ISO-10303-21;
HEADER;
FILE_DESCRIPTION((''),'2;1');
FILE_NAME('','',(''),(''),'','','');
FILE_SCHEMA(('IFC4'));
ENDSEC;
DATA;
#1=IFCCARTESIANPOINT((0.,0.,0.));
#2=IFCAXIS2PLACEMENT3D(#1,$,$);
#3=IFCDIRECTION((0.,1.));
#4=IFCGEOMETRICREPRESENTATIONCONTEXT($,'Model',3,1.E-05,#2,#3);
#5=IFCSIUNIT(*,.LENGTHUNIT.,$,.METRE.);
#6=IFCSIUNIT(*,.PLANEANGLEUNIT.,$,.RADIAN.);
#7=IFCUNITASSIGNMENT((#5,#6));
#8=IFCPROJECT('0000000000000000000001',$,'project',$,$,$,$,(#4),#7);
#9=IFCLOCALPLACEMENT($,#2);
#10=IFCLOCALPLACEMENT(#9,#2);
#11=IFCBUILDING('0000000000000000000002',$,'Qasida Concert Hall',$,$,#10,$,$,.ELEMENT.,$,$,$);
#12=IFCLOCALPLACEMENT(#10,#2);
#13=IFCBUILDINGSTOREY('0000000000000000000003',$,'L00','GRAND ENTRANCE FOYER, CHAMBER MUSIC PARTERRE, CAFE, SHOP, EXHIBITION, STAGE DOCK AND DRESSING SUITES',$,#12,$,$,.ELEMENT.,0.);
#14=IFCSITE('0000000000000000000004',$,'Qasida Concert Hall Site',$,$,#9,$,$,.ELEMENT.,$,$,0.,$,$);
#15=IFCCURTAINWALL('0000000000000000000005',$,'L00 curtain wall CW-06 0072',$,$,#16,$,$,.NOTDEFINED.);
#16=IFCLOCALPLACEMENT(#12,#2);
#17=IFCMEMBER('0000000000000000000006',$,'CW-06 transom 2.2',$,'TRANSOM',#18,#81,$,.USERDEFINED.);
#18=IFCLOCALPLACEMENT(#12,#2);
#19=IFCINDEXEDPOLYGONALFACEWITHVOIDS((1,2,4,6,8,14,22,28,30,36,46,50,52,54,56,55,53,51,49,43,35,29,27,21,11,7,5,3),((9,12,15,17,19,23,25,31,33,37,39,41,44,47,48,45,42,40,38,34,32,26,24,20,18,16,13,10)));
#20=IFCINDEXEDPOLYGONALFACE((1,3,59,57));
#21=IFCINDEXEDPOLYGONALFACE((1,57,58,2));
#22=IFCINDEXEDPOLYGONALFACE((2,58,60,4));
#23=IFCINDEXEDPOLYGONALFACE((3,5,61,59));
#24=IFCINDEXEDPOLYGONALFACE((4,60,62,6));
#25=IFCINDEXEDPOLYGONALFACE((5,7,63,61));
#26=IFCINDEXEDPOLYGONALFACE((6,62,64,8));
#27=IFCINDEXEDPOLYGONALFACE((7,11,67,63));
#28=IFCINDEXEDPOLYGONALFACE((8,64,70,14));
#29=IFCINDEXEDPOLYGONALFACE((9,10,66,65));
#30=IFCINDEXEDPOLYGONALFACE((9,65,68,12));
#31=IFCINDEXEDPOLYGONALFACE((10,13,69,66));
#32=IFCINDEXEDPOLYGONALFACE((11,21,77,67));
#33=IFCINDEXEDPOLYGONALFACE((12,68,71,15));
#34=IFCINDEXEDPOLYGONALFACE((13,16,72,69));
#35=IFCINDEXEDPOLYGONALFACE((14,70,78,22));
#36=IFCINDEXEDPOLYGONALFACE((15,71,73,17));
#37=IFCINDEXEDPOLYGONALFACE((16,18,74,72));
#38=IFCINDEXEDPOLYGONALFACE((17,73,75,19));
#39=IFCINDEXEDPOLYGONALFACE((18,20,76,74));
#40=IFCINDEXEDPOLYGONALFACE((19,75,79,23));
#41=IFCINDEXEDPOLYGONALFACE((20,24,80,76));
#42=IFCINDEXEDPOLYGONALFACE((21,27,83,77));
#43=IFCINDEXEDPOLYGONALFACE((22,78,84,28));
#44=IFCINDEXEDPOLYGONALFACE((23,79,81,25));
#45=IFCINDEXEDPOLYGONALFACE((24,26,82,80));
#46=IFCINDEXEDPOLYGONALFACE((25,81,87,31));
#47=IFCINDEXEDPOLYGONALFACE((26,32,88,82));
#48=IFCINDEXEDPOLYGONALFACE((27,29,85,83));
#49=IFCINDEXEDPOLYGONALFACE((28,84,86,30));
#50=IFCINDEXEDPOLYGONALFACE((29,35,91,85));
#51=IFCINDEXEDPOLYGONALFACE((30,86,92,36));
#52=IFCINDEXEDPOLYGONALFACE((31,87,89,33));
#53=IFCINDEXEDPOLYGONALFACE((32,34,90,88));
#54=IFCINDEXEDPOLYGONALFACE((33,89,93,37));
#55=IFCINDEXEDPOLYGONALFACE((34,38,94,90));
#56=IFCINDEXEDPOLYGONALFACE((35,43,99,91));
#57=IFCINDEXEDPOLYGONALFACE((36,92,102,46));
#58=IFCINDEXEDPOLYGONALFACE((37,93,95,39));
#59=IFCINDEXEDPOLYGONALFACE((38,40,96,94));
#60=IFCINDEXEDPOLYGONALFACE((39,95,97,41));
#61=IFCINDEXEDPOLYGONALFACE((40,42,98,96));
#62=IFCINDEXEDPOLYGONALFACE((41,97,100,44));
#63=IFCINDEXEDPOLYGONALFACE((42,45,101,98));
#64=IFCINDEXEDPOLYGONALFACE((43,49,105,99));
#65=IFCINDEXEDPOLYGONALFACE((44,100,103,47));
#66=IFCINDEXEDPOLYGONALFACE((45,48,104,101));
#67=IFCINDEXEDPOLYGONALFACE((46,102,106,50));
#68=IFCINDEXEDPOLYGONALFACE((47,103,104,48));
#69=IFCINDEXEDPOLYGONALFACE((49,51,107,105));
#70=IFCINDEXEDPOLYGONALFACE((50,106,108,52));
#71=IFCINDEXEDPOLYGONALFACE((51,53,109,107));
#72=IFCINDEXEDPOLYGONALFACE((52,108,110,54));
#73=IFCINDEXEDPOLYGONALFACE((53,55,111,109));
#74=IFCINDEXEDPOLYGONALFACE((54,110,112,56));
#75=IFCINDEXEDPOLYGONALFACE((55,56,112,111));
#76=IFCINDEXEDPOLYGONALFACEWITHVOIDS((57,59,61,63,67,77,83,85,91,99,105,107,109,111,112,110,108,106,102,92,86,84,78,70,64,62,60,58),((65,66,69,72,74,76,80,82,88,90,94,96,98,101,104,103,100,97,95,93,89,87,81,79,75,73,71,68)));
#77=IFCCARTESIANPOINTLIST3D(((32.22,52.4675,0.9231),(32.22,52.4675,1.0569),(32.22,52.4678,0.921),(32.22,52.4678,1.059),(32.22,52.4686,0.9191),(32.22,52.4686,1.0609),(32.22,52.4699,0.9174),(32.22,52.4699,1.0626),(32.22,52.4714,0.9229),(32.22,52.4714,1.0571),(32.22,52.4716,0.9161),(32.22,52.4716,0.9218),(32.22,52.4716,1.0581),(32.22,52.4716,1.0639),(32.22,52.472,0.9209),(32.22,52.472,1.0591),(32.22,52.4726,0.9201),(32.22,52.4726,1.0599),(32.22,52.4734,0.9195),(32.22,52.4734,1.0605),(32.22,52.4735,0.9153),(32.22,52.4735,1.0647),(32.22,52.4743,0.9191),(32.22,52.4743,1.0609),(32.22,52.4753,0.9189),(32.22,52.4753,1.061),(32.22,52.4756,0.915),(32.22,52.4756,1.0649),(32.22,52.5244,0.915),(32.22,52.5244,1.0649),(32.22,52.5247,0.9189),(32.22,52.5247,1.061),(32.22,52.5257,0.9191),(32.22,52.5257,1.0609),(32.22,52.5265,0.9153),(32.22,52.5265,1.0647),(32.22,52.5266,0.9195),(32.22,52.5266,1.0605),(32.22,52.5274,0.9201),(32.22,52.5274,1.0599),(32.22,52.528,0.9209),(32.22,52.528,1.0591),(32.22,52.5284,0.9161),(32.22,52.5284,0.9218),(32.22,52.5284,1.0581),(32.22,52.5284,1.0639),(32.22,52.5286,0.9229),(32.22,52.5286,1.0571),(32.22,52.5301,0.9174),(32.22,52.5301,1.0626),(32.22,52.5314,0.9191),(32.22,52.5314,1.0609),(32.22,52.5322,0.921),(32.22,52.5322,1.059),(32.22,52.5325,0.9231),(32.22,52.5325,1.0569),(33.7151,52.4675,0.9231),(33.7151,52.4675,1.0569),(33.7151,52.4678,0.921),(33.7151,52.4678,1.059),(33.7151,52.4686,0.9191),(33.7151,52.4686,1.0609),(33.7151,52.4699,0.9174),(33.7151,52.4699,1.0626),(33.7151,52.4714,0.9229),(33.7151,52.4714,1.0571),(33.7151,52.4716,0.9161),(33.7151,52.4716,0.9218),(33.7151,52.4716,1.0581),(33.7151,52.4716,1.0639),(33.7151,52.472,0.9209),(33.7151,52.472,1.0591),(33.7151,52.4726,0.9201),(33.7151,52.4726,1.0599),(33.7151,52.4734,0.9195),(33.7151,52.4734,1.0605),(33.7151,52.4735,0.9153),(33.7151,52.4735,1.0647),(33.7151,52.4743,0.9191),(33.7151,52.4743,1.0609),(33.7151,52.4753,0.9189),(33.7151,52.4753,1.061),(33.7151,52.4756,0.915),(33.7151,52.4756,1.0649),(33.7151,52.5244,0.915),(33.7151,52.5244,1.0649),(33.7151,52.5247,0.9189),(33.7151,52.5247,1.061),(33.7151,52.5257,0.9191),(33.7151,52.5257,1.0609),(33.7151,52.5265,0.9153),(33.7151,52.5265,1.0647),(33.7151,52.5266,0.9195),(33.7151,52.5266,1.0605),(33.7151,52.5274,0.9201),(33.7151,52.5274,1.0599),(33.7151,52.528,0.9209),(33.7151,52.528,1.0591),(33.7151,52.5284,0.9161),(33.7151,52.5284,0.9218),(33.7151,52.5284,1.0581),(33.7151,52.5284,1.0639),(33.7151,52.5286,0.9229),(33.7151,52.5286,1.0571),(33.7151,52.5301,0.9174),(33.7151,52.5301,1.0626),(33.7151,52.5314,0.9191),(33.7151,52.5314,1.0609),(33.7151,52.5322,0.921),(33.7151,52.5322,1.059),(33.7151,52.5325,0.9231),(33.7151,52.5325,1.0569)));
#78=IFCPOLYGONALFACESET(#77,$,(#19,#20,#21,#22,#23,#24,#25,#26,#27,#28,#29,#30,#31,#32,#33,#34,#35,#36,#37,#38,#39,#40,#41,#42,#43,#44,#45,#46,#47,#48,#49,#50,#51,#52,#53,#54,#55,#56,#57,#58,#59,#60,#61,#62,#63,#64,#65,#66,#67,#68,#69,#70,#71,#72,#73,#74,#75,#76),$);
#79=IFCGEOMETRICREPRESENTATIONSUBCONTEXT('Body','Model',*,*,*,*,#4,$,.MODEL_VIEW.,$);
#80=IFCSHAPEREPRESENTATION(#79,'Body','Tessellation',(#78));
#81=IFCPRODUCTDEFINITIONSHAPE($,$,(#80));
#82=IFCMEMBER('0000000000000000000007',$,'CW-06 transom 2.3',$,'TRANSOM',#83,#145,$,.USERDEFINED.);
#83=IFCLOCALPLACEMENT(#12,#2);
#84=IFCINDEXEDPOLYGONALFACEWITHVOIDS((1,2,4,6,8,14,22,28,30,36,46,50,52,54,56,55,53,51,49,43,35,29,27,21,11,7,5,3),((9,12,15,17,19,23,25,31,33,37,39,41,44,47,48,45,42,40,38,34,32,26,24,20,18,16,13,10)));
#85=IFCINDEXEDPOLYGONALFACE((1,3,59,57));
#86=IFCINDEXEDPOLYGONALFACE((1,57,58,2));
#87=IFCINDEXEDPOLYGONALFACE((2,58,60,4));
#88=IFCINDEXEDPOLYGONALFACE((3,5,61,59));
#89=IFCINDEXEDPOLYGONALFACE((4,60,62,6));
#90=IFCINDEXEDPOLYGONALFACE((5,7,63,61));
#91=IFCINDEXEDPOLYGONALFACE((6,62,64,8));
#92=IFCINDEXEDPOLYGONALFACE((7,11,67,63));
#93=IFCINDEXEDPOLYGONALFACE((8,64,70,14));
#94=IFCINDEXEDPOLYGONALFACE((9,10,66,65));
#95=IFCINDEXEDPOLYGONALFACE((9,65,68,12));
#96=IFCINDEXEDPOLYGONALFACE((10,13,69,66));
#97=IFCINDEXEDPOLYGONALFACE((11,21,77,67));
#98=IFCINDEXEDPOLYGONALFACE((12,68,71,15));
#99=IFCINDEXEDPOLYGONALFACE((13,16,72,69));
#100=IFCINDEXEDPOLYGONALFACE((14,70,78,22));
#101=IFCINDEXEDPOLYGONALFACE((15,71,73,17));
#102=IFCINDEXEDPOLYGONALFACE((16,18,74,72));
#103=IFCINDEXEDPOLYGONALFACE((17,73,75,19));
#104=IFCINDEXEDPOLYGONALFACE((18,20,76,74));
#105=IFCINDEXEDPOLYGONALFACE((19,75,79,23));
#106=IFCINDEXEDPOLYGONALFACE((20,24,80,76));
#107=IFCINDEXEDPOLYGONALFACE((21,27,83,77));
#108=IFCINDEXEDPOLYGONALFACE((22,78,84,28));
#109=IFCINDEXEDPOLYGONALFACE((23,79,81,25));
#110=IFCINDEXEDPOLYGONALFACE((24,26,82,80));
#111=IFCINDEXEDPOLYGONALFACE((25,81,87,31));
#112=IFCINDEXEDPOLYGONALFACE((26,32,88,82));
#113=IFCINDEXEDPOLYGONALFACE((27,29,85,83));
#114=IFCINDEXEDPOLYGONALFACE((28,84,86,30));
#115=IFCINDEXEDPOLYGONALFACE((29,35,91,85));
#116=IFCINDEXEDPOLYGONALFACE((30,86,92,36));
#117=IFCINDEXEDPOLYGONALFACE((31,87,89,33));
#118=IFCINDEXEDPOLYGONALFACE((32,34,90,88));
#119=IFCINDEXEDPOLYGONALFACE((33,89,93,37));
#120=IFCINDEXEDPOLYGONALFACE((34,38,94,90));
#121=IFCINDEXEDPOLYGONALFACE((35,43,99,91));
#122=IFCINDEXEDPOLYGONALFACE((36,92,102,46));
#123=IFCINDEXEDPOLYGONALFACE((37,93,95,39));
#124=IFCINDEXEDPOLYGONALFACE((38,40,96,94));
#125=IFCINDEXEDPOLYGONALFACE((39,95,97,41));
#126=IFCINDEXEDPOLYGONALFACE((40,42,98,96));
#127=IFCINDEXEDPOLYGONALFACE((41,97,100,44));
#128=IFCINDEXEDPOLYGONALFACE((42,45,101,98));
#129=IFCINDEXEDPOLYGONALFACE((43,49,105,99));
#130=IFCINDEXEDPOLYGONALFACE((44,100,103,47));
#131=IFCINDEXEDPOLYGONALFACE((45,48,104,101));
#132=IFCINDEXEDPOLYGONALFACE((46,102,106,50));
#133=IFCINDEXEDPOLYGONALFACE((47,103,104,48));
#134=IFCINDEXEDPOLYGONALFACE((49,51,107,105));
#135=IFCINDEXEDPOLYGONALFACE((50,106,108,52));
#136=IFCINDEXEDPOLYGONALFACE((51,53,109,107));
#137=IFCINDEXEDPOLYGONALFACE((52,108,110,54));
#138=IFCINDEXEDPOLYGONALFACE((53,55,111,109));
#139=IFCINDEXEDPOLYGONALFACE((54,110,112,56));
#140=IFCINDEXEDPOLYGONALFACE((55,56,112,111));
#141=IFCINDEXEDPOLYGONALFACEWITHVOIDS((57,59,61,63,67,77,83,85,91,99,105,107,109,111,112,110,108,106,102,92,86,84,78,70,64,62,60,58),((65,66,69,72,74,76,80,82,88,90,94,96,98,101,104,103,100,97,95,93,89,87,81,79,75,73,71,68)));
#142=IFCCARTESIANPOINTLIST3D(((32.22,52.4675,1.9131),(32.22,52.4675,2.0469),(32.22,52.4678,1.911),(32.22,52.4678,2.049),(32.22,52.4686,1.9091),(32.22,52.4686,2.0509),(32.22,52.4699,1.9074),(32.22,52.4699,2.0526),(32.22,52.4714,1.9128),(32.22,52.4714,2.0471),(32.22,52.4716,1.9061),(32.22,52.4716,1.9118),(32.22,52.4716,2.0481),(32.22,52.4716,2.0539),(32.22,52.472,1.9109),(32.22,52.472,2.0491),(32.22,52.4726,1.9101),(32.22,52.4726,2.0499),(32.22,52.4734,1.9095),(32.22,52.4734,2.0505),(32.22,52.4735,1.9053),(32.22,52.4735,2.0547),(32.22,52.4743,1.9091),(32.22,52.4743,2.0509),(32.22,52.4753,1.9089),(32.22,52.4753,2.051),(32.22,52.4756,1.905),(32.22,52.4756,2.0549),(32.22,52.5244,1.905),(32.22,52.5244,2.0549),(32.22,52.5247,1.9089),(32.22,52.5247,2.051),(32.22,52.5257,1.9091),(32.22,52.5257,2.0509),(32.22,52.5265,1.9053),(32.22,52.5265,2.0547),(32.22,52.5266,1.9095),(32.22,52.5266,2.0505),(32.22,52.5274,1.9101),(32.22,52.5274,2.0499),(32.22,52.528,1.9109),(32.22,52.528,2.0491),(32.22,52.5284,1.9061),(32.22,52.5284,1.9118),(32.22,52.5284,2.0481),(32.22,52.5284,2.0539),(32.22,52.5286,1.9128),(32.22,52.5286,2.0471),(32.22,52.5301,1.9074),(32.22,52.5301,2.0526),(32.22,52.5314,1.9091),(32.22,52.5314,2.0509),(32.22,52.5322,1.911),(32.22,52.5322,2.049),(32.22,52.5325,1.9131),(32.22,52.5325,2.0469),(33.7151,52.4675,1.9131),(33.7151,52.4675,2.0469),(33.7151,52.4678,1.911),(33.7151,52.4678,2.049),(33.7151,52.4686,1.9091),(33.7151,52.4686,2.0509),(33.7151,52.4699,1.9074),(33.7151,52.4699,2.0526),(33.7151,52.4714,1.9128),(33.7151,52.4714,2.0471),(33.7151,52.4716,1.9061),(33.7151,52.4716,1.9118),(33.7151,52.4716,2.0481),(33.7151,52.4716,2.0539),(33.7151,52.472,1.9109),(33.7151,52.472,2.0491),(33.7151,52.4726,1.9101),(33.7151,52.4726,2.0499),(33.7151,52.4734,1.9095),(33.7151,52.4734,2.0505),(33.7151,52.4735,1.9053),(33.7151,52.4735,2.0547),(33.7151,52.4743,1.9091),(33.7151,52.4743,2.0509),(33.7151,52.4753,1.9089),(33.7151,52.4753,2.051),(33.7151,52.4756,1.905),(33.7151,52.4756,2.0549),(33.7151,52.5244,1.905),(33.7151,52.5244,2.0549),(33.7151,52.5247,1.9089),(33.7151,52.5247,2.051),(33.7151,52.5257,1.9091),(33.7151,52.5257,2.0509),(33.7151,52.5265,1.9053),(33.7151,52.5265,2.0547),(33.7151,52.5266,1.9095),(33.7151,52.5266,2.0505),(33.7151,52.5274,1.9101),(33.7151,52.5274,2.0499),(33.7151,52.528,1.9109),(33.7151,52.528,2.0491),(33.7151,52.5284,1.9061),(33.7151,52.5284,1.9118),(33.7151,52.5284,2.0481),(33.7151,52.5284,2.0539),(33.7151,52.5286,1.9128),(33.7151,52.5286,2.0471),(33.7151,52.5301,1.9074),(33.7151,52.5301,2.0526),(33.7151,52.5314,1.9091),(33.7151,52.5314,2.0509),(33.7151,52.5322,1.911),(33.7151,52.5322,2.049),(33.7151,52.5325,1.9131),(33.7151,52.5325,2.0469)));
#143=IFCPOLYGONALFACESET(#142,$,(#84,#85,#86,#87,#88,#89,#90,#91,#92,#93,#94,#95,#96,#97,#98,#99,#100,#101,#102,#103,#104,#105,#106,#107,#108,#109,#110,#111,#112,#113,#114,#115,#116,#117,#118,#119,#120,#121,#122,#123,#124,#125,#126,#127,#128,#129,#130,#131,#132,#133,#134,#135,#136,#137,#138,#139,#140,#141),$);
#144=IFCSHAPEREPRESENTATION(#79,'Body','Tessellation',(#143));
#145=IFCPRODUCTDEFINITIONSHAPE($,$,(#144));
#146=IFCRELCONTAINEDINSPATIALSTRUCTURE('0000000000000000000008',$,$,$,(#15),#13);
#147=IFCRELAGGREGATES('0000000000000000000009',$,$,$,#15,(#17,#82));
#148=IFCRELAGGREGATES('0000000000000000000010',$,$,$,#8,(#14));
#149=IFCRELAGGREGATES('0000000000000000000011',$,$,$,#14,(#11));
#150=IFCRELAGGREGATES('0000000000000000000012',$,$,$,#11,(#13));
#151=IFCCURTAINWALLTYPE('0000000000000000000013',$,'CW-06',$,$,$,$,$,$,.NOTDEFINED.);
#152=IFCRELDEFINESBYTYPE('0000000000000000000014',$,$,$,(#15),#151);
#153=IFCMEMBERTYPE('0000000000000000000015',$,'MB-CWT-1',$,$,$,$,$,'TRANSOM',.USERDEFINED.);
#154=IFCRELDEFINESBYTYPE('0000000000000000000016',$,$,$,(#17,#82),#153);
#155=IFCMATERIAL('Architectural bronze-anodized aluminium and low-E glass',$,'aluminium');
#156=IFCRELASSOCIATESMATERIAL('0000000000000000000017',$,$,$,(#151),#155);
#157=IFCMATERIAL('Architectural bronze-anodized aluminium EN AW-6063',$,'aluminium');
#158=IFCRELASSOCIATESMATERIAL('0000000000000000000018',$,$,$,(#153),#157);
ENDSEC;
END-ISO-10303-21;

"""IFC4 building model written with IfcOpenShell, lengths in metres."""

from ifc_helpers import new_model, si_unit, direction, frame, origin, origin_2d, place, context, subcontext, project, spatial, hollow_rectangle, extrude, material, material_profile, profile_set, type_object, element, aggregate, save


model = new_model("IFC4")

# Units and contexts
model_context = context("Model", 3, precision=1e-05, world=origin(), true_north=direction((0.0, 1.0)))
body_context = subcontext(model_context, "Body", "Model", "MODEL_VIEW")
ifc_project = project(units=[si_unit("LENGTHUNIT", "METRE"), si_unit("PLANEANGLEUNIT", "RADIAN")], contexts=[model_context])

# Site, building, storey
site_placement = place(None, origin())
site = spatial("IfcSite", under=ifc_project, at=site_placement, Name="Qasida Concert Hall Site", CompositionType="ELEMENT", RefElevation=0.0)
building_placement = place(site_placement, origin())
building = spatial("IfcBuilding", under=site, at=building_placement, Name="Qasida Concert Hall", CompositionType="ELEMENT")
storey_placement = place(building_placement, origin())
storey = spatial("IfcBuildingStorey", under=building, at=storey_placement, Name="L00", Description="GRAND ENTRANCE FOYER, CHAMBER MUSIC PARTERRE, CAFE, SHOP, EXHIBITION, STAGE DOCK AND DRESSING SUITES", CompositionType="ELEMENT", Elevation=0.0)

# Curtain wall
ifc_material_1 = material(Name="Architectural bronze-anodized aluminium and low-E glass", Category="aluminium")
curtain_wall_type = type_object("IfcCurtainWallType", Name="CW-06", PredefinedType="NOTDEFINED", material=ifc_material_1)
curtain_wall_1_placement = place(storey_placement, origin())
curtain_wall_1 = element("IfcCurtainWall", 1, at=curtain_wall_1_placement, inside=storey, type_object=curtain_wall_type, Name="L00 curtain wall CW-06 0072", PredefinedType="NOTDEFINED")
ifc_material_2 = material(Name="Architectural bronze-anodized aluminium EN AW-6063", Category="aluminium")

# Members
ifc_material_profile_1 = material_profile(ifc_material_2, hollow_rectangle(XDim=0.0649, YDim=0.1499, WallThickness=0.0039, InnerFilletRadius=0.0039, OuterFilletRadius=0.0081, at=origin_2d()), Name="CWT 150x65x4")
ifc_profile_set_1 = profile_set([ifc_material_profile_1], Name="Architectural bronze-anodized aluminium EN AW-6063")
member_type_1 = type_object("IfcMemberType", Name="MB-CWT-1", ElementType="TRANSOM", PredefinedType="USERDEFINED", material=ifc_profile_set_1)
member_1_placement = place(storey_placement, frame((32.22, 52.5, 0.99), z_axis=(1.0, 0.0, 0.0), x_axis=(0.0, 1.0, 0.0)))
member_1 = element("IfcMember", 2, at=member_1_placement, type_object=member_type_1, Name="CW-06 transom 2.2", ObjectType="TRANSOM", PredefinedType="USERDEFINED", context=body_context, shape_type="SweptSolid", body=[
    extrude(hollow_rectangle(XDim=0.0649, YDim=0.1499, WallThickness=0.0039, InnerFilletRadius=0.0039, OuterFilletRadius=0.0081, at=origin_2d()), origin(), (0.0, 0.0, 1.0), 1.4951),
])
member_2_placement = place(storey_placement, frame((32.22, 52.5, 1.98), z_axis=(1.0, 0.0, 0.0), x_axis=(0.0, 1.0, 0.0)))
member_2 = element("IfcMember", 3, at=member_2_placement, type_object=member_type_1, Name="CW-06 transom 2.3", ObjectType="TRANSOM", PredefinedType="USERDEFINED", context=body_context, shape_type="SweptSolid", body=[
    extrude(hollow_rectangle(XDim=0.0649, YDim=0.1499, WallThickness=0.0039, InnerFilletRadius=0.0039, OuterFilletRadius=0.0081, at=origin_2d()), origin(), (0.0, 0.0, 1.0), 1.4951),
])

aggregate(curtain_wall_1, [member_1, member_2])

save(model, "model.ifc")
